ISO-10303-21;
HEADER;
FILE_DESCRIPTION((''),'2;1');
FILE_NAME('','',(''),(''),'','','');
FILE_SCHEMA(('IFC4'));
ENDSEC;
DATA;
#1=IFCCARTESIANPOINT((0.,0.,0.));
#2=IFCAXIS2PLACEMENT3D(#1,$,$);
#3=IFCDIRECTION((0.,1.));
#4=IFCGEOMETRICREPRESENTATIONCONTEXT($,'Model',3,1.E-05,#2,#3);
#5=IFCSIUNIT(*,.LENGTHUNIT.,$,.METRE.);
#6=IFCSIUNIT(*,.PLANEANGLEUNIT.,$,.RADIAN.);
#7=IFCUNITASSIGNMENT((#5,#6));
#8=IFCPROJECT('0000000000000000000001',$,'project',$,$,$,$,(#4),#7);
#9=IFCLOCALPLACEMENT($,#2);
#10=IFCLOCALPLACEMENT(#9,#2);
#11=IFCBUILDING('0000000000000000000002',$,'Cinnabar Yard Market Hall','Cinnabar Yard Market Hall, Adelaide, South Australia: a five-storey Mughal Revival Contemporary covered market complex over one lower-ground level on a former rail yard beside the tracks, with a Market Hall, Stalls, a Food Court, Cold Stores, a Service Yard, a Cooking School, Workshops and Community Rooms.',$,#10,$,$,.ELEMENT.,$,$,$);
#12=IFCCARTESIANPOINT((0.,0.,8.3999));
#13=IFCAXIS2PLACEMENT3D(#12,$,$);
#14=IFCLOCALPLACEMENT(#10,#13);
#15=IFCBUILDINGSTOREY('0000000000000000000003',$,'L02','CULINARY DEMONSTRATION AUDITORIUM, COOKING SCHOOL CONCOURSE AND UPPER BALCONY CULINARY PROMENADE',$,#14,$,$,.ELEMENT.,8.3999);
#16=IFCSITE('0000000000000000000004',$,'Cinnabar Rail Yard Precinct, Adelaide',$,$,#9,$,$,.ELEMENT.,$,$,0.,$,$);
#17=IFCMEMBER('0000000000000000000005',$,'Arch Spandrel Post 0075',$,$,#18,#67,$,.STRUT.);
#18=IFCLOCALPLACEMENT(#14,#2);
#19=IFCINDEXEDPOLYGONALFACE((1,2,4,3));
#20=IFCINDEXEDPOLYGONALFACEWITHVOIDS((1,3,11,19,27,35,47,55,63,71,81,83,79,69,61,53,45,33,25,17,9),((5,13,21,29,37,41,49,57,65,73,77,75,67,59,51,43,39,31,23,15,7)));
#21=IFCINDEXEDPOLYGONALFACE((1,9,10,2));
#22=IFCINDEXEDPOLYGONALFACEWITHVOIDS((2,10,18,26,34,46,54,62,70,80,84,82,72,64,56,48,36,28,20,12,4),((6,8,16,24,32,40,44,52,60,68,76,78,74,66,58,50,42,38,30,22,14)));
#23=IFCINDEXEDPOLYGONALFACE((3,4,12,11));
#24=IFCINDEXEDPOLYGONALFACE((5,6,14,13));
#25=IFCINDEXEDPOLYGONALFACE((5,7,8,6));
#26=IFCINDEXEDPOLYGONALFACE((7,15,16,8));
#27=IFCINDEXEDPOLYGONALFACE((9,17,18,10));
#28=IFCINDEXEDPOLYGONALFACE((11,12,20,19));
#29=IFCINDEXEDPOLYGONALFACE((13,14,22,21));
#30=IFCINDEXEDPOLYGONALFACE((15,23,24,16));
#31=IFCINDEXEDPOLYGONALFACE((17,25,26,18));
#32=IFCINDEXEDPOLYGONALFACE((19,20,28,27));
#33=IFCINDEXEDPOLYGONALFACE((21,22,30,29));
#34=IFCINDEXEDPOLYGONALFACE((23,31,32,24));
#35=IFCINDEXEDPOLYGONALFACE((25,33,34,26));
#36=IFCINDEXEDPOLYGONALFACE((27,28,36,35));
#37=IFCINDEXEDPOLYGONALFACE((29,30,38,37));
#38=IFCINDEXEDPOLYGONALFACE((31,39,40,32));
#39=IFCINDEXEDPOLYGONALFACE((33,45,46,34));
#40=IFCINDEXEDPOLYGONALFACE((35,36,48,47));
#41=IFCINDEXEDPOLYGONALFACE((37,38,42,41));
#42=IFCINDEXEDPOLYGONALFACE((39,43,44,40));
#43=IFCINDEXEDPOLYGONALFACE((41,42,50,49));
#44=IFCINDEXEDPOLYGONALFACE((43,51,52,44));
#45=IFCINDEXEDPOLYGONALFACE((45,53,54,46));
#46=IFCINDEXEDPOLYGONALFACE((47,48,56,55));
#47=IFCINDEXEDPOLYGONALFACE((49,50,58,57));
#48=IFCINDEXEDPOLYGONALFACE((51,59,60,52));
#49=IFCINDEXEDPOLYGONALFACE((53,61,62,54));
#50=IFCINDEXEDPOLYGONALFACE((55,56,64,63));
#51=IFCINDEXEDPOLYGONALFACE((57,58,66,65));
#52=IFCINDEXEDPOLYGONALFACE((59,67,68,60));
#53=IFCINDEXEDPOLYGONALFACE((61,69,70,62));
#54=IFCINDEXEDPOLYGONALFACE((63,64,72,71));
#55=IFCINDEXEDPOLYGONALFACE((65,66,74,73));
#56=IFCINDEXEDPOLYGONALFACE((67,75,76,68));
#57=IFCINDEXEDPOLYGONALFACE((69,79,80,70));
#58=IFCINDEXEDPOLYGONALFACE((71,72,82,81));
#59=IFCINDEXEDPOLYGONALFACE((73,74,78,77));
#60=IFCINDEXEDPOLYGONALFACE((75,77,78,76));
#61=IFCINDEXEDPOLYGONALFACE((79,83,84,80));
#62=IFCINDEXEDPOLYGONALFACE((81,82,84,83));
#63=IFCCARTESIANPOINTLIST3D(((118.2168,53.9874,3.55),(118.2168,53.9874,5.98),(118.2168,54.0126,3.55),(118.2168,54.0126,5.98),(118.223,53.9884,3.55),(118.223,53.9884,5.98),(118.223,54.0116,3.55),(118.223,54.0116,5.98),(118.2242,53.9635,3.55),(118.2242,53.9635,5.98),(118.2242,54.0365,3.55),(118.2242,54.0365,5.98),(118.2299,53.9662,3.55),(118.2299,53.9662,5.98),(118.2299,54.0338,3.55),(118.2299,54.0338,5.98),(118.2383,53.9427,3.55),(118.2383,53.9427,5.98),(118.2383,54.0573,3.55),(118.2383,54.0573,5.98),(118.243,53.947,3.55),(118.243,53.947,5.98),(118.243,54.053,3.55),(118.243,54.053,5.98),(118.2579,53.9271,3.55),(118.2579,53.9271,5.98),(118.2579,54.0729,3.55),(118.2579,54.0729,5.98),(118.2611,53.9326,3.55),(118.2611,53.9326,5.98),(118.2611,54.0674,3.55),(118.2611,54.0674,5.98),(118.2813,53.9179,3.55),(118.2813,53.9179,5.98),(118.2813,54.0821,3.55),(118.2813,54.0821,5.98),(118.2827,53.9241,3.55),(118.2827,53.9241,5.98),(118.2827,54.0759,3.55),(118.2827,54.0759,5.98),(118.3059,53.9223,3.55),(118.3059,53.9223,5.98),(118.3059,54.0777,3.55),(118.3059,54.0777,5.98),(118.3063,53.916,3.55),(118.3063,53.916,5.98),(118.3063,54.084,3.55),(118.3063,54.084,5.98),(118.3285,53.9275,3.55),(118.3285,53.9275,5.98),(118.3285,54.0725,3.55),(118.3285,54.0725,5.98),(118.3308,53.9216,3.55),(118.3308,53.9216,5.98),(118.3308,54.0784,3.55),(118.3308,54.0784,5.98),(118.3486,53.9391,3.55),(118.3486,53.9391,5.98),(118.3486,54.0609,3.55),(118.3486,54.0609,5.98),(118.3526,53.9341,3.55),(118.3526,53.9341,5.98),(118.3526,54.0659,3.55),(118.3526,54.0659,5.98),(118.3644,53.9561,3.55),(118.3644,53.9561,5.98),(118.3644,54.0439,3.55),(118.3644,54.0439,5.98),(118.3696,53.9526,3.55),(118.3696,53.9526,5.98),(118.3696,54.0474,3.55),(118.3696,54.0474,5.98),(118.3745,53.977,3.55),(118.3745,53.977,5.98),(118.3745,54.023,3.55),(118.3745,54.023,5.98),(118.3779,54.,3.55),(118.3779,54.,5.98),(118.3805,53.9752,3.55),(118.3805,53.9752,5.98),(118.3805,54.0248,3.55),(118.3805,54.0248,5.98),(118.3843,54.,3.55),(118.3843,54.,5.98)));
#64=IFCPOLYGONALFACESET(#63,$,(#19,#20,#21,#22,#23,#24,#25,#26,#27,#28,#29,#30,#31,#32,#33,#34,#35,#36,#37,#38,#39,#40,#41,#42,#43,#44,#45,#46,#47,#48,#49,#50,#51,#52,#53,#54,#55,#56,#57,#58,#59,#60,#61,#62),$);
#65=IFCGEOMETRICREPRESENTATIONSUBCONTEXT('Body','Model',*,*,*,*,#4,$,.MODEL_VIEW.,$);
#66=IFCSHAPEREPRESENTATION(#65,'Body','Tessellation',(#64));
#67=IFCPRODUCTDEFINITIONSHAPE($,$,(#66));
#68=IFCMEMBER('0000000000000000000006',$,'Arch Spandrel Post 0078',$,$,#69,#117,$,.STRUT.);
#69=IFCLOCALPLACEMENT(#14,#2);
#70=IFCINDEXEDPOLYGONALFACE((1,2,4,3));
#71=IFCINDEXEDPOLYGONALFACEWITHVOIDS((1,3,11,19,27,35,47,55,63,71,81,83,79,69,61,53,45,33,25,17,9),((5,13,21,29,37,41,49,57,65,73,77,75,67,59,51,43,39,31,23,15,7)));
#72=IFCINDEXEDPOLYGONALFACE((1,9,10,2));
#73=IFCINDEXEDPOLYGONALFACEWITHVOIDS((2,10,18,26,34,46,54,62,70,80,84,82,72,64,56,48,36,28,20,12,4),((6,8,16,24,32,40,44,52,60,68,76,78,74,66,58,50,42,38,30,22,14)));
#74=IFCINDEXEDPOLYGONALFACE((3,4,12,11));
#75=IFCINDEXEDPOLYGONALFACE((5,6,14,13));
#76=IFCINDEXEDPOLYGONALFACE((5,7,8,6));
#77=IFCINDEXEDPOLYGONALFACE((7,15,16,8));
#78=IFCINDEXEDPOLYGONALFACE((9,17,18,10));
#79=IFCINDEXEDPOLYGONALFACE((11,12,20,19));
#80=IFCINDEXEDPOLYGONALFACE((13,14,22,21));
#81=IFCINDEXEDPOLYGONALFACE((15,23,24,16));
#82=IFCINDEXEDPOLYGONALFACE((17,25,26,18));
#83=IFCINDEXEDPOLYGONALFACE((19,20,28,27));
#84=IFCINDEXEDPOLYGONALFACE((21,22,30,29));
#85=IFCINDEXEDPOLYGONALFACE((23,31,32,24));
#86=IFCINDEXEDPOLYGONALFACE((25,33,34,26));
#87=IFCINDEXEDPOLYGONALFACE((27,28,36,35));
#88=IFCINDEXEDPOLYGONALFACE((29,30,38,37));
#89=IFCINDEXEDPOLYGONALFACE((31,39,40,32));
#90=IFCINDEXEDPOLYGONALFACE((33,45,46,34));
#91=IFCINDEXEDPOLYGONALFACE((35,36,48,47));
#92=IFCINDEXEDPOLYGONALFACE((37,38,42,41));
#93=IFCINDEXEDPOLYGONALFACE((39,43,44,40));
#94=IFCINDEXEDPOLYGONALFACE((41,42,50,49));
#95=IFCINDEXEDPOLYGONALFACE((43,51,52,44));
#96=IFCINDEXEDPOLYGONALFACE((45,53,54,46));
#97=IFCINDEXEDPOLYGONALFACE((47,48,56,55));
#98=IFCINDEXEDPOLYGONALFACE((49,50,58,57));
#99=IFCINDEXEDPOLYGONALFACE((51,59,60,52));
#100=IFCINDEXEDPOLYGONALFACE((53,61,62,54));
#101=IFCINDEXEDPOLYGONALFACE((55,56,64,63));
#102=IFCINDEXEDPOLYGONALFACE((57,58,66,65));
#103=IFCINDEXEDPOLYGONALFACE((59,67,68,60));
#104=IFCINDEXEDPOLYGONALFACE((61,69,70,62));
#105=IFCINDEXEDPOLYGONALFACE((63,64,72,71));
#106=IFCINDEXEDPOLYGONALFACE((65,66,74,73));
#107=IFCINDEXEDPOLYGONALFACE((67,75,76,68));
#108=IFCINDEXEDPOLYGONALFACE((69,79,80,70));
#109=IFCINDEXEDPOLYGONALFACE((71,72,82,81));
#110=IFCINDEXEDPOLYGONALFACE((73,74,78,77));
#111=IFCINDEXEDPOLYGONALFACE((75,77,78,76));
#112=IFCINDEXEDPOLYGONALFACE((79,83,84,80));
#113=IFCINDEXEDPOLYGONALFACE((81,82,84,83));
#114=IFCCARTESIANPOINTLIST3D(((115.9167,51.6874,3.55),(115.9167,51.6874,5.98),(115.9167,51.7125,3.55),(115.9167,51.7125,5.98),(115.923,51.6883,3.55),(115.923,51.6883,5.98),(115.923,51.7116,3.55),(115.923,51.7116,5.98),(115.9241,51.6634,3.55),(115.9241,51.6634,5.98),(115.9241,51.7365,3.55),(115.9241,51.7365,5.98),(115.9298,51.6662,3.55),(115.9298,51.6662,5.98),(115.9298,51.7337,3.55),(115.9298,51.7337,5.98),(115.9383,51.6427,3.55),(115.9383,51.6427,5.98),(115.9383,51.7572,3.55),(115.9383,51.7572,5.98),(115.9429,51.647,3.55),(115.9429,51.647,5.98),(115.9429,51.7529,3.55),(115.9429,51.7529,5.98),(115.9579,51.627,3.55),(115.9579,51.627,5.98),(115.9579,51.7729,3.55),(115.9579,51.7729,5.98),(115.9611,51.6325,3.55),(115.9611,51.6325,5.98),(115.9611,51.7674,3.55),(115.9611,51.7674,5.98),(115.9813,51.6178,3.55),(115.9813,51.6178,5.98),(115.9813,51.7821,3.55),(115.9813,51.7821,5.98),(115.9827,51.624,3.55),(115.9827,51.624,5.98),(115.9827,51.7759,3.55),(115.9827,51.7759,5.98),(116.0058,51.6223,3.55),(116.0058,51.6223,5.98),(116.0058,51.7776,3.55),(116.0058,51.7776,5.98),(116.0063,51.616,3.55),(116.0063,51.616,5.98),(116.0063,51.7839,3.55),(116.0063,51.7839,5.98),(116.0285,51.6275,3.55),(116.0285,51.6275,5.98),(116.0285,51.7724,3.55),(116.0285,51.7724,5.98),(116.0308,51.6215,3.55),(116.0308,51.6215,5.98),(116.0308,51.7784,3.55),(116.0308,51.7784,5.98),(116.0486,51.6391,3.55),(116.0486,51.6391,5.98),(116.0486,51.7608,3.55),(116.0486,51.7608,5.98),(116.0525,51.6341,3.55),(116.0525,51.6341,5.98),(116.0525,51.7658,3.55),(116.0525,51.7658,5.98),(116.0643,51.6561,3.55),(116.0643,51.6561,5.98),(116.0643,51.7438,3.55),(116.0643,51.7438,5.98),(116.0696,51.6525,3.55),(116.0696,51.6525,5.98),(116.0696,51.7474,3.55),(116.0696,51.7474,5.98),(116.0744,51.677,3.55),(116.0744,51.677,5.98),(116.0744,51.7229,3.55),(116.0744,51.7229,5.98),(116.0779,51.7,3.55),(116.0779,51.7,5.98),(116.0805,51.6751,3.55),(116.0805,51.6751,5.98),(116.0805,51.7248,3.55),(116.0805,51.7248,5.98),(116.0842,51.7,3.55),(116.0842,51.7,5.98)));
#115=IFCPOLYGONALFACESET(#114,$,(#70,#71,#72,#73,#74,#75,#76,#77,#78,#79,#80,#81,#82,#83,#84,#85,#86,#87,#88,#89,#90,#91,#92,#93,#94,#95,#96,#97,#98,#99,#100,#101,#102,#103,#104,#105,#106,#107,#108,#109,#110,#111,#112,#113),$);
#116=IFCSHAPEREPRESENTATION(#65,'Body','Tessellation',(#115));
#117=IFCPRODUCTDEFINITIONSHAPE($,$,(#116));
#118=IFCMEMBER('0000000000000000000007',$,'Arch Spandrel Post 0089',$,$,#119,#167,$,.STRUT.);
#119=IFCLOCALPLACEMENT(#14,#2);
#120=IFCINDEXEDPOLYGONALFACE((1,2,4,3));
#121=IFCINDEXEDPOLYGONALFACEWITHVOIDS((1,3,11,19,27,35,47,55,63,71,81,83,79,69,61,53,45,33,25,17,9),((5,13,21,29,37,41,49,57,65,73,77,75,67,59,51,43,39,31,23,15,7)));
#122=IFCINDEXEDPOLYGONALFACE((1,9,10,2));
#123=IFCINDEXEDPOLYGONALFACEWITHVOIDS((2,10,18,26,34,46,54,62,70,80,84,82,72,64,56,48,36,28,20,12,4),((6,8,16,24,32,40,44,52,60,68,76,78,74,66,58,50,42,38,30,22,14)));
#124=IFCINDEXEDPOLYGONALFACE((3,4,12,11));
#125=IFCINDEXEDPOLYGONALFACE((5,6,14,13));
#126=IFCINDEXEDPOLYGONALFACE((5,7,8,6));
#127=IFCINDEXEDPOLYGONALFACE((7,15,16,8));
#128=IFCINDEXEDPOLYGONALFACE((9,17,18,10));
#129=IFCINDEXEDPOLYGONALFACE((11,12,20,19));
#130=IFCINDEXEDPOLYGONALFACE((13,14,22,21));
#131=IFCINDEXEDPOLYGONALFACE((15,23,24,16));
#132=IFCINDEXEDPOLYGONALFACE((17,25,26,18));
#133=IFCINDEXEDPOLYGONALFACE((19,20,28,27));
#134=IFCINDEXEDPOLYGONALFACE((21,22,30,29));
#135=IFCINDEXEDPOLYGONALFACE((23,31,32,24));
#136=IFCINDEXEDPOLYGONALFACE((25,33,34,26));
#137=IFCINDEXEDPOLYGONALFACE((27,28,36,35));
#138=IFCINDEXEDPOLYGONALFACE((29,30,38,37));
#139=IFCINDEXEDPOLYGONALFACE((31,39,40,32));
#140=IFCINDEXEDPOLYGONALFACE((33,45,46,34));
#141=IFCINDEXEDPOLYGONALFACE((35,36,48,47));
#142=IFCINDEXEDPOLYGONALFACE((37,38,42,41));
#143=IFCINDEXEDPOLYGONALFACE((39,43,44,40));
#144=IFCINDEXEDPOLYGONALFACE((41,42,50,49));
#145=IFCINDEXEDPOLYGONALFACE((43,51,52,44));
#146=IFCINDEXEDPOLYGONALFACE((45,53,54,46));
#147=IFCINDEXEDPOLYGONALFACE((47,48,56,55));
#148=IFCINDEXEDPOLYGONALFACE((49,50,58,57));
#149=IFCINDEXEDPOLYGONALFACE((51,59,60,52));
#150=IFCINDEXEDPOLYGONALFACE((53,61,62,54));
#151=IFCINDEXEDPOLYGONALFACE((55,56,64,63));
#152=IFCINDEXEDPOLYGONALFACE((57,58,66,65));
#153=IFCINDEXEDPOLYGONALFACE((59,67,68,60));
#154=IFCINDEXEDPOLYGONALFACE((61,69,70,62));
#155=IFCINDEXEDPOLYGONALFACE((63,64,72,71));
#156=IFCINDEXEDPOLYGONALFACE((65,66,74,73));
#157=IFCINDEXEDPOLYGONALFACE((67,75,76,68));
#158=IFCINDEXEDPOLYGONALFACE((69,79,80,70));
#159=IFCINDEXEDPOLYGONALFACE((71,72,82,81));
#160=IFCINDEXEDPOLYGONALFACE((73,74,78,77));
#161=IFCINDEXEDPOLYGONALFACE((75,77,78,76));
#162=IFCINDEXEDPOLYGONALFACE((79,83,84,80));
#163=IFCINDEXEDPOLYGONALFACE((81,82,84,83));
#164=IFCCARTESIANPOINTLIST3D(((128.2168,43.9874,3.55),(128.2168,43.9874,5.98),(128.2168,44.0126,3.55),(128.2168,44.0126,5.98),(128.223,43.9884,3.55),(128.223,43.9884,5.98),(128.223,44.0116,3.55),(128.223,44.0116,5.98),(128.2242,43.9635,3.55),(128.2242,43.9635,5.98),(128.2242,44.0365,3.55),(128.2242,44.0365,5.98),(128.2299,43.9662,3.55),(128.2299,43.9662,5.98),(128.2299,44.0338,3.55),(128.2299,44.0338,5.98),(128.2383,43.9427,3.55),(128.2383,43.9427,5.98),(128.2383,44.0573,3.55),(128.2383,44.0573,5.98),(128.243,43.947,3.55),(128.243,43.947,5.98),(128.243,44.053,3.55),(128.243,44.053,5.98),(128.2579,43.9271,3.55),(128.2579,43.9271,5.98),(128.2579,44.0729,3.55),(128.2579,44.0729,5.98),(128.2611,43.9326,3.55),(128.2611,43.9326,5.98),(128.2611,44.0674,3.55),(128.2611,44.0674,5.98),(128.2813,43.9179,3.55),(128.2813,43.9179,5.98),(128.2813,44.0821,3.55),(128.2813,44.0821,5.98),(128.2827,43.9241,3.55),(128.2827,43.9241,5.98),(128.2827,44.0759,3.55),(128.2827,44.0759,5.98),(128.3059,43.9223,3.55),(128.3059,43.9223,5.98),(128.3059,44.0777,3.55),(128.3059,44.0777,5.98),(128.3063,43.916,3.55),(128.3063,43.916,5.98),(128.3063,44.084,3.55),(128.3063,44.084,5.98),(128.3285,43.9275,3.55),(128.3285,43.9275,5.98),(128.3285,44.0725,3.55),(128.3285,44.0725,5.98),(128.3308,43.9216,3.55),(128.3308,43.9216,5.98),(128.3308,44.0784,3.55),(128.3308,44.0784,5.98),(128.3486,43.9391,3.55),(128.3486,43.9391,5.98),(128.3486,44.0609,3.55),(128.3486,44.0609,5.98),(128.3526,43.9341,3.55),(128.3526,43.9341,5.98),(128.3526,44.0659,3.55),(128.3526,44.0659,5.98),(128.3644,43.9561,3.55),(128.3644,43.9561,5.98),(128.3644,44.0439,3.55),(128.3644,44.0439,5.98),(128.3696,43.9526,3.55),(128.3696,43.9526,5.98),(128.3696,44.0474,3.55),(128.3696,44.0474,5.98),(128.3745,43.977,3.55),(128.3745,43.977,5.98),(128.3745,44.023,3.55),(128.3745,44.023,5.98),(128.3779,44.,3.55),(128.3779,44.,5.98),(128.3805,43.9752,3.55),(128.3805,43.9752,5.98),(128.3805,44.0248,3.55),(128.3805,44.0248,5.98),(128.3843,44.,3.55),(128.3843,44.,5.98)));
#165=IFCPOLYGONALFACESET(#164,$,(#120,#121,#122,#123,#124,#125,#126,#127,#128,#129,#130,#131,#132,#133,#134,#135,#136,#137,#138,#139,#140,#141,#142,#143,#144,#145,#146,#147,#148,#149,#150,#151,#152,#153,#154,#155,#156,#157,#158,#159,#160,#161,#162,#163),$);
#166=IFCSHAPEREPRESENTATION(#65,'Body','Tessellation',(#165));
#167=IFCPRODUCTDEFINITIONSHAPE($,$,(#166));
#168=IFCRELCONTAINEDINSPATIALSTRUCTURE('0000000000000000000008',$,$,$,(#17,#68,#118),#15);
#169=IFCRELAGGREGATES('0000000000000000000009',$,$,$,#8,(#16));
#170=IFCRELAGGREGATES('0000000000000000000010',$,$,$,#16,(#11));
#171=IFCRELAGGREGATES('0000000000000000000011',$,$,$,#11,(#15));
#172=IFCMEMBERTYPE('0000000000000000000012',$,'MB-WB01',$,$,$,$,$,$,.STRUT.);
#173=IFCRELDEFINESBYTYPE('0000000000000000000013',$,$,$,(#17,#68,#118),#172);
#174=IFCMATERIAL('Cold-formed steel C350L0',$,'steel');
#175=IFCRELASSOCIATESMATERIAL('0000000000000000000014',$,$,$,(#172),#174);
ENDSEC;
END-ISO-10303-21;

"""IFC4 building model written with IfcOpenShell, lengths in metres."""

from ifc_helpers import new_model, si_unit, direction, frame, origin, origin_2d_with_axis, place, context, subcontext, project, spatial, hollow_circle, extrude, material, material_profile, profile_set, type_object, element, save


model = new_model("IFC4")

# Units and contexts
model_context = context("Model", 3, precision=1e-05, world=origin(), true_north=direction((0.0, 1.0)))
body_context = subcontext(model_context, "Body", "Model", "MODEL_VIEW")
ifc_project = project(units=[si_unit("LENGTHUNIT", "METRE"), si_unit("PLANEANGLEUNIT", "RADIAN")], contexts=[model_context])

# Site, building, storey
site_placement = place(None, origin())
site = spatial("IfcSite", under=ifc_project, at=site_placement, Name="Cinnabar Rail Yard Precinct, Adelaide", CompositionType="ELEMENT", RefElevation=0.0)
building_placement = place(site_placement, origin())
building = spatial("IfcBuilding", under=site, at=building_placement, Name="Cinnabar Yard Market Hall", Description="Cinnabar Yard Market Hall, Adelaide, South Australia: a five-storey Mughal Revival Contemporary covered market complex over one lower-ground level on a former rail yard beside the tracks, with a Market Hall, Stalls, a Food Court, Cold Stores, a Service Yard, a Cooking School, Workshops and Community Rooms.", CompositionType="ELEMENT")
storey_placement = place(building_placement, frame((0.0, 0.0, 8.3999)))
storey = spatial("IfcBuildingStorey", under=building, at=storey_placement, Name="L02", Description="CULINARY DEMONSTRATION AUDITORIUM, COOKING SCHOOL CONCOURSE AND UPPER BALCONY CULINARY PROMENADE", CompositionType="ELEMENT", Elevation=8.3999)

# Members
ifc_material_1 = material(Name="Cold-formed steel C350L0", Category="steel")
ifc_material_profile_1 = material_profile(ifc_material_1, hollow_circle(Radius=0.0842, WallThickness=0.0063, at=origin_2d_with_axis()), Name="168.3x6.4CHS")
ifc_profile_set_1 = profile_set([ifc_material_profile_1], Name="Cold-formed steel C350L0")
member_type_1 = type_object("IfcMemberType", Name="MB-WB01", PredefinedType="STRUT", material=ifc_profile_set_1)
for number, where, z_axis, x_axis, name in (
    (1, (118.3, 54.0, 3.55), (0.0, 0.0, 1.0), (1.0, 0.0, 0.0), "Arch Spandrel Post 0075"),
    (2, (116.0, 51.7, 3.55), (0.0, 0.0, 1.0), (1.0, 0.0, 0.0), "Arch Spandrel Post 0078"),
    (3, (128.3, 44.0, 3.55), (0.0, 0.0, 1.0), (1.0, 0.0, 0.0), "Arch Spandrel Post 0089"),
):
    element("IfcMember", number, at=place(storey_placement, frame(where, z_axis=z_axis, x_axis=x_axis)), inside=storey, type_object=member_type_1, Name=name, PredefinedType="STRUT", context=body_context, shape_type="SweptSolid", body=[
        extrude(hollow_circle(Radius=0.0842, WallThickness=0.0063, at=origin_2d_with_axis()), origin(), (0.0, 0.0, 1.0), 2.4299),
    ])

save(model, "model.ifc")
